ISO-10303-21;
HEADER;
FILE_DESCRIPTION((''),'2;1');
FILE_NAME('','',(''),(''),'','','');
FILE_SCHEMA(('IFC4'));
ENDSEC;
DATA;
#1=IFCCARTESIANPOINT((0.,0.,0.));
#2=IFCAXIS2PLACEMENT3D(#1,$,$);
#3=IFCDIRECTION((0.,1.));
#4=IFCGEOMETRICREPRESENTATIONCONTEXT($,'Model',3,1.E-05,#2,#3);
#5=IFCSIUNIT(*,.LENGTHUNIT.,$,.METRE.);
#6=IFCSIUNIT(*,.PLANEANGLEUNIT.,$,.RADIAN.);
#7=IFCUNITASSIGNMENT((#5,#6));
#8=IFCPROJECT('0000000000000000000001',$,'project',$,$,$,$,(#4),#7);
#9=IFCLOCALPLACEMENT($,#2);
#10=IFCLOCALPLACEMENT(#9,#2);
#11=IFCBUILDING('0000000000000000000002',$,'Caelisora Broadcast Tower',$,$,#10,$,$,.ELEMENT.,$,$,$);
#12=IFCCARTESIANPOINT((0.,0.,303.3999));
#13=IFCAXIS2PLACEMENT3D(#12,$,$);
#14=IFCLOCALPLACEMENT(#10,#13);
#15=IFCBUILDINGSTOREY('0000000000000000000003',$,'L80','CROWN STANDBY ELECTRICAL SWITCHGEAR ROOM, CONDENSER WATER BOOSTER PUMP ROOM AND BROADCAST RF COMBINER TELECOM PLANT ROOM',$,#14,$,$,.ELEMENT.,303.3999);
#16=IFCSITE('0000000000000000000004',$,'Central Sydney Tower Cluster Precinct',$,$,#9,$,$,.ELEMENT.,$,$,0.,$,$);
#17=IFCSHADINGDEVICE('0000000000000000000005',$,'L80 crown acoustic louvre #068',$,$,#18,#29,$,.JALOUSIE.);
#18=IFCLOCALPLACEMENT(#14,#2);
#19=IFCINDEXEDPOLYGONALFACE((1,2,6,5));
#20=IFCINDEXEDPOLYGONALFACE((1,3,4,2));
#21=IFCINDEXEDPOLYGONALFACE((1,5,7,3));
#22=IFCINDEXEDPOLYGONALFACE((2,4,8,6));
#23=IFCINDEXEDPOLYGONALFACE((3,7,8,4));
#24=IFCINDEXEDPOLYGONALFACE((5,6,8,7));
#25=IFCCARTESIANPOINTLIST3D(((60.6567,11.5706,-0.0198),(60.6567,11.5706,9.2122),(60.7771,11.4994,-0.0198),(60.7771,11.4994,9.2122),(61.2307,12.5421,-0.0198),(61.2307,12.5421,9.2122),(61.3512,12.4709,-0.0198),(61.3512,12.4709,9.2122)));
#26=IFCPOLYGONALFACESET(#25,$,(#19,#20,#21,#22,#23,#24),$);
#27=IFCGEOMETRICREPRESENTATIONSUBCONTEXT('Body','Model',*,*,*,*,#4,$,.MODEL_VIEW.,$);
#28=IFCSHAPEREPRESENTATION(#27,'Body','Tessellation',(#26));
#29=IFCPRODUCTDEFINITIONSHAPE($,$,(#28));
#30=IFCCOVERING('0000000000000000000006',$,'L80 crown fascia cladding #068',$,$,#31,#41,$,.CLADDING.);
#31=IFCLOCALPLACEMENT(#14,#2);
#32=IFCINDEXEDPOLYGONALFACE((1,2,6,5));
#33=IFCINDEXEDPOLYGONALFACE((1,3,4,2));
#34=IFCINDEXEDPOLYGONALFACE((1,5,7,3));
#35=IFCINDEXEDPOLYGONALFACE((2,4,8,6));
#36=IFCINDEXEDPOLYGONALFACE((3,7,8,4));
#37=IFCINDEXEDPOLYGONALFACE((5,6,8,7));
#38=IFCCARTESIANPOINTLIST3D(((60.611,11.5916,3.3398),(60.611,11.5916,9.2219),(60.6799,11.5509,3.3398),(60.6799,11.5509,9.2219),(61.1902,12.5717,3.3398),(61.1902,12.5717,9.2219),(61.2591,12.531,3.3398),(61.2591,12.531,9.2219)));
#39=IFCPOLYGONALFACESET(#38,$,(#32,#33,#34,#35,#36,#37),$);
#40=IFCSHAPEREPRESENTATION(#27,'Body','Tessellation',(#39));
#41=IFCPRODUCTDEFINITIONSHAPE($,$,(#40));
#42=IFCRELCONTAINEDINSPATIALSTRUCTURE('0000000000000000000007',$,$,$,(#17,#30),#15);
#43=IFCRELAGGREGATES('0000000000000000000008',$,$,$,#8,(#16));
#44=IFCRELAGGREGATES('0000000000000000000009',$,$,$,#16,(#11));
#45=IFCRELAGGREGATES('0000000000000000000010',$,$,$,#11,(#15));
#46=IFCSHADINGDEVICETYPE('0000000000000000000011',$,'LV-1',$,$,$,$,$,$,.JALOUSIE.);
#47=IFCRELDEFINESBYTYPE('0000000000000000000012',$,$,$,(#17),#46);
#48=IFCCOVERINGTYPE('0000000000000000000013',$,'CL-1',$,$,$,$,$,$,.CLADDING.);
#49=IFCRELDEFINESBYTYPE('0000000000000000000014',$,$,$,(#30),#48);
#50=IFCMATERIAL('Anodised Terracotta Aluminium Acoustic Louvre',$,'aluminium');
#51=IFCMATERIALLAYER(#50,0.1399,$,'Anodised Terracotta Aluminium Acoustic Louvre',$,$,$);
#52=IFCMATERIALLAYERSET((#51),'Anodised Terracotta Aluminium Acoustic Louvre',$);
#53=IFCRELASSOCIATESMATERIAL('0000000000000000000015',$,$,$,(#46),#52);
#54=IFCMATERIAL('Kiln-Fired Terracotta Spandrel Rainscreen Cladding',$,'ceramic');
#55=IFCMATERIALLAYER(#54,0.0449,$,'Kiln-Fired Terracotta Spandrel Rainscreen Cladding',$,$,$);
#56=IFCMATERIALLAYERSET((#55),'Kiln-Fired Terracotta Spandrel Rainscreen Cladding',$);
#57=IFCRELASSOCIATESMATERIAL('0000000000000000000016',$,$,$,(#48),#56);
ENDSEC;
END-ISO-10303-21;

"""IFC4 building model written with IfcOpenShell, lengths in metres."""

from ifc_helpers import new_model, si_unit, direction, frame, origin, origin_2d, place, context, subcontext, project, spatial, rectangle, extrude, source, transform, mapped, material, layer, layer_set, type_object, element, save


model = new_model("IFC4")

# Units and contexts
model_context = context("Model", 3, precision=1e-05, world=origin(), true_north=direction((0.0, 1.0)))
body_context = subcontext(model_context, "Body", "Model", "MODEL_VIEW")
ifc_project = project(units=[si_unit("LENGTHUNIT", "METRE"), si_unit("PLANEANGLEUNIT", "RADIAN")], contexts=[model_context])

# Site, building, storey
site_placement = place(None, origin())
site = spatial("IfcSite", under=ifc_project, at=site_placement, Name="Central Sydney Tower Cluster Precinct", CompositionType="ELEMENT", RefElevation=0.0)
building_placement = place(site_placement, origin())
building = spatial("IfcBuilding", under=site, at=building_placement, Name="Caelisora Broadcast Tower", CompositionType="ELEMENT")
storey_placement = place(building_placement, frame((0.0, 0.0, 303.3999)))
storey = spatial("IfcBuildingStorey", under=building, at=storey_placement, Name="L80", Description="CROWN STANDBY ELECTRICAL SWITCHGEAR ROOM, CONDENSER WATER BOOSTER PUMP ROOM AND BROADCAST RF COMBINER TELECOM PLANT ROOM", CompositionType="ELEMENT", Elevation=303.3999)

# Shared definitions
ifc_material_1 = material(Name="Anodised Terracotta Aluminium Acoustic Louvre", Category="aluminium")
ifc_layer_1 = layer(ifc_material_1, 0.1399, Name="Anodised Terracotta Aluminium Acoustic Louvre")
ifc_layer_set_1 = layer_set([ifc_layer_1], Name="Anodised Terracotta Aluminium Acoustic Louvre")
shading_device_type = type_object("IfcShadingDeviceType", Name="LV-1", PredefinedType="JALOUSIE", material=ifc_layer_set_1)

# Shared definitions
ifc_material_2 = material(Name="Kiln-Fired Terracotta Spandrel Rainscreen Cladding", Category="ceramic")
ifc_layer_2 = layer(ifc_material_2, 0.0449, Name="Kiln-Fired Terracotta Spandrel Rainscreen Cladding")
ifc_layer_set_2 = layer_set([ifc_layer_2], Name="Kiln-Fired Terracotta Spandrel Rainscreen Cladding")
covering_type = type_object("IfcCoveringType", Name="CL-1", PredefinedType="CLADDING", material=ifc_layer_set_2)

# Shading device
shared_shape_1 = source(origin(), body_context, "Body", "SweptSolid", [
    extrude(rectangle(XDim=1.1284, YDim=0.1399, at=origin_2d()), origin(), (0.0, 0.0, 1.0), 9.2319),
])
shading_device_1_placement = place(storey_placement, frame((61.0039, 12.0208, -0.0198), z_axis=(0.0, 0.0, 1.0), x_axis=(0.508741, 0.86092, 0.0)))
element("IfcShadingDevice", 1, at=shading_device_1_placement, inside=storey, type_object=shading_device_type, Name="L80 crown acoustic louvre #068", PredefinedType="JALOUSIE", context=body_context, shape_type="MappedRepresentation", body=[
    mapped(shared_shape_1, transform((0.0, 0.0, 0.0), scale=1.0)),
])

# Covering
shared_shape_2 = source(origin(), body_context, "Body", "SweptSolid", [
    extrude(rectangle(XDim=1.1384, YDim=0.0801, at=origin_2d()), origin(), (0.0, 0.0, 1.0), 5.8821),
])
covering_1_placement = place(storey_placement, frame((60.9351, 12.0613, 3.3398), z_axis=(0.0, 0.0, 1.0), x_axis=(0.508741, 0.86092, 0.0)))
element("IfcCovering", 2, at=covering_1_placement, inside=storey, type_object=covering_type, Name="L80 crown fascia cladding #068", PredefinedType="CLADDING", context=body_context, shape_type="MappedRepresentation", body=[
    mapped(shared_shape_2, transform((0.0, 0.0, 0.0), scale=1.0)),
])

save(model, "model.ifc")
